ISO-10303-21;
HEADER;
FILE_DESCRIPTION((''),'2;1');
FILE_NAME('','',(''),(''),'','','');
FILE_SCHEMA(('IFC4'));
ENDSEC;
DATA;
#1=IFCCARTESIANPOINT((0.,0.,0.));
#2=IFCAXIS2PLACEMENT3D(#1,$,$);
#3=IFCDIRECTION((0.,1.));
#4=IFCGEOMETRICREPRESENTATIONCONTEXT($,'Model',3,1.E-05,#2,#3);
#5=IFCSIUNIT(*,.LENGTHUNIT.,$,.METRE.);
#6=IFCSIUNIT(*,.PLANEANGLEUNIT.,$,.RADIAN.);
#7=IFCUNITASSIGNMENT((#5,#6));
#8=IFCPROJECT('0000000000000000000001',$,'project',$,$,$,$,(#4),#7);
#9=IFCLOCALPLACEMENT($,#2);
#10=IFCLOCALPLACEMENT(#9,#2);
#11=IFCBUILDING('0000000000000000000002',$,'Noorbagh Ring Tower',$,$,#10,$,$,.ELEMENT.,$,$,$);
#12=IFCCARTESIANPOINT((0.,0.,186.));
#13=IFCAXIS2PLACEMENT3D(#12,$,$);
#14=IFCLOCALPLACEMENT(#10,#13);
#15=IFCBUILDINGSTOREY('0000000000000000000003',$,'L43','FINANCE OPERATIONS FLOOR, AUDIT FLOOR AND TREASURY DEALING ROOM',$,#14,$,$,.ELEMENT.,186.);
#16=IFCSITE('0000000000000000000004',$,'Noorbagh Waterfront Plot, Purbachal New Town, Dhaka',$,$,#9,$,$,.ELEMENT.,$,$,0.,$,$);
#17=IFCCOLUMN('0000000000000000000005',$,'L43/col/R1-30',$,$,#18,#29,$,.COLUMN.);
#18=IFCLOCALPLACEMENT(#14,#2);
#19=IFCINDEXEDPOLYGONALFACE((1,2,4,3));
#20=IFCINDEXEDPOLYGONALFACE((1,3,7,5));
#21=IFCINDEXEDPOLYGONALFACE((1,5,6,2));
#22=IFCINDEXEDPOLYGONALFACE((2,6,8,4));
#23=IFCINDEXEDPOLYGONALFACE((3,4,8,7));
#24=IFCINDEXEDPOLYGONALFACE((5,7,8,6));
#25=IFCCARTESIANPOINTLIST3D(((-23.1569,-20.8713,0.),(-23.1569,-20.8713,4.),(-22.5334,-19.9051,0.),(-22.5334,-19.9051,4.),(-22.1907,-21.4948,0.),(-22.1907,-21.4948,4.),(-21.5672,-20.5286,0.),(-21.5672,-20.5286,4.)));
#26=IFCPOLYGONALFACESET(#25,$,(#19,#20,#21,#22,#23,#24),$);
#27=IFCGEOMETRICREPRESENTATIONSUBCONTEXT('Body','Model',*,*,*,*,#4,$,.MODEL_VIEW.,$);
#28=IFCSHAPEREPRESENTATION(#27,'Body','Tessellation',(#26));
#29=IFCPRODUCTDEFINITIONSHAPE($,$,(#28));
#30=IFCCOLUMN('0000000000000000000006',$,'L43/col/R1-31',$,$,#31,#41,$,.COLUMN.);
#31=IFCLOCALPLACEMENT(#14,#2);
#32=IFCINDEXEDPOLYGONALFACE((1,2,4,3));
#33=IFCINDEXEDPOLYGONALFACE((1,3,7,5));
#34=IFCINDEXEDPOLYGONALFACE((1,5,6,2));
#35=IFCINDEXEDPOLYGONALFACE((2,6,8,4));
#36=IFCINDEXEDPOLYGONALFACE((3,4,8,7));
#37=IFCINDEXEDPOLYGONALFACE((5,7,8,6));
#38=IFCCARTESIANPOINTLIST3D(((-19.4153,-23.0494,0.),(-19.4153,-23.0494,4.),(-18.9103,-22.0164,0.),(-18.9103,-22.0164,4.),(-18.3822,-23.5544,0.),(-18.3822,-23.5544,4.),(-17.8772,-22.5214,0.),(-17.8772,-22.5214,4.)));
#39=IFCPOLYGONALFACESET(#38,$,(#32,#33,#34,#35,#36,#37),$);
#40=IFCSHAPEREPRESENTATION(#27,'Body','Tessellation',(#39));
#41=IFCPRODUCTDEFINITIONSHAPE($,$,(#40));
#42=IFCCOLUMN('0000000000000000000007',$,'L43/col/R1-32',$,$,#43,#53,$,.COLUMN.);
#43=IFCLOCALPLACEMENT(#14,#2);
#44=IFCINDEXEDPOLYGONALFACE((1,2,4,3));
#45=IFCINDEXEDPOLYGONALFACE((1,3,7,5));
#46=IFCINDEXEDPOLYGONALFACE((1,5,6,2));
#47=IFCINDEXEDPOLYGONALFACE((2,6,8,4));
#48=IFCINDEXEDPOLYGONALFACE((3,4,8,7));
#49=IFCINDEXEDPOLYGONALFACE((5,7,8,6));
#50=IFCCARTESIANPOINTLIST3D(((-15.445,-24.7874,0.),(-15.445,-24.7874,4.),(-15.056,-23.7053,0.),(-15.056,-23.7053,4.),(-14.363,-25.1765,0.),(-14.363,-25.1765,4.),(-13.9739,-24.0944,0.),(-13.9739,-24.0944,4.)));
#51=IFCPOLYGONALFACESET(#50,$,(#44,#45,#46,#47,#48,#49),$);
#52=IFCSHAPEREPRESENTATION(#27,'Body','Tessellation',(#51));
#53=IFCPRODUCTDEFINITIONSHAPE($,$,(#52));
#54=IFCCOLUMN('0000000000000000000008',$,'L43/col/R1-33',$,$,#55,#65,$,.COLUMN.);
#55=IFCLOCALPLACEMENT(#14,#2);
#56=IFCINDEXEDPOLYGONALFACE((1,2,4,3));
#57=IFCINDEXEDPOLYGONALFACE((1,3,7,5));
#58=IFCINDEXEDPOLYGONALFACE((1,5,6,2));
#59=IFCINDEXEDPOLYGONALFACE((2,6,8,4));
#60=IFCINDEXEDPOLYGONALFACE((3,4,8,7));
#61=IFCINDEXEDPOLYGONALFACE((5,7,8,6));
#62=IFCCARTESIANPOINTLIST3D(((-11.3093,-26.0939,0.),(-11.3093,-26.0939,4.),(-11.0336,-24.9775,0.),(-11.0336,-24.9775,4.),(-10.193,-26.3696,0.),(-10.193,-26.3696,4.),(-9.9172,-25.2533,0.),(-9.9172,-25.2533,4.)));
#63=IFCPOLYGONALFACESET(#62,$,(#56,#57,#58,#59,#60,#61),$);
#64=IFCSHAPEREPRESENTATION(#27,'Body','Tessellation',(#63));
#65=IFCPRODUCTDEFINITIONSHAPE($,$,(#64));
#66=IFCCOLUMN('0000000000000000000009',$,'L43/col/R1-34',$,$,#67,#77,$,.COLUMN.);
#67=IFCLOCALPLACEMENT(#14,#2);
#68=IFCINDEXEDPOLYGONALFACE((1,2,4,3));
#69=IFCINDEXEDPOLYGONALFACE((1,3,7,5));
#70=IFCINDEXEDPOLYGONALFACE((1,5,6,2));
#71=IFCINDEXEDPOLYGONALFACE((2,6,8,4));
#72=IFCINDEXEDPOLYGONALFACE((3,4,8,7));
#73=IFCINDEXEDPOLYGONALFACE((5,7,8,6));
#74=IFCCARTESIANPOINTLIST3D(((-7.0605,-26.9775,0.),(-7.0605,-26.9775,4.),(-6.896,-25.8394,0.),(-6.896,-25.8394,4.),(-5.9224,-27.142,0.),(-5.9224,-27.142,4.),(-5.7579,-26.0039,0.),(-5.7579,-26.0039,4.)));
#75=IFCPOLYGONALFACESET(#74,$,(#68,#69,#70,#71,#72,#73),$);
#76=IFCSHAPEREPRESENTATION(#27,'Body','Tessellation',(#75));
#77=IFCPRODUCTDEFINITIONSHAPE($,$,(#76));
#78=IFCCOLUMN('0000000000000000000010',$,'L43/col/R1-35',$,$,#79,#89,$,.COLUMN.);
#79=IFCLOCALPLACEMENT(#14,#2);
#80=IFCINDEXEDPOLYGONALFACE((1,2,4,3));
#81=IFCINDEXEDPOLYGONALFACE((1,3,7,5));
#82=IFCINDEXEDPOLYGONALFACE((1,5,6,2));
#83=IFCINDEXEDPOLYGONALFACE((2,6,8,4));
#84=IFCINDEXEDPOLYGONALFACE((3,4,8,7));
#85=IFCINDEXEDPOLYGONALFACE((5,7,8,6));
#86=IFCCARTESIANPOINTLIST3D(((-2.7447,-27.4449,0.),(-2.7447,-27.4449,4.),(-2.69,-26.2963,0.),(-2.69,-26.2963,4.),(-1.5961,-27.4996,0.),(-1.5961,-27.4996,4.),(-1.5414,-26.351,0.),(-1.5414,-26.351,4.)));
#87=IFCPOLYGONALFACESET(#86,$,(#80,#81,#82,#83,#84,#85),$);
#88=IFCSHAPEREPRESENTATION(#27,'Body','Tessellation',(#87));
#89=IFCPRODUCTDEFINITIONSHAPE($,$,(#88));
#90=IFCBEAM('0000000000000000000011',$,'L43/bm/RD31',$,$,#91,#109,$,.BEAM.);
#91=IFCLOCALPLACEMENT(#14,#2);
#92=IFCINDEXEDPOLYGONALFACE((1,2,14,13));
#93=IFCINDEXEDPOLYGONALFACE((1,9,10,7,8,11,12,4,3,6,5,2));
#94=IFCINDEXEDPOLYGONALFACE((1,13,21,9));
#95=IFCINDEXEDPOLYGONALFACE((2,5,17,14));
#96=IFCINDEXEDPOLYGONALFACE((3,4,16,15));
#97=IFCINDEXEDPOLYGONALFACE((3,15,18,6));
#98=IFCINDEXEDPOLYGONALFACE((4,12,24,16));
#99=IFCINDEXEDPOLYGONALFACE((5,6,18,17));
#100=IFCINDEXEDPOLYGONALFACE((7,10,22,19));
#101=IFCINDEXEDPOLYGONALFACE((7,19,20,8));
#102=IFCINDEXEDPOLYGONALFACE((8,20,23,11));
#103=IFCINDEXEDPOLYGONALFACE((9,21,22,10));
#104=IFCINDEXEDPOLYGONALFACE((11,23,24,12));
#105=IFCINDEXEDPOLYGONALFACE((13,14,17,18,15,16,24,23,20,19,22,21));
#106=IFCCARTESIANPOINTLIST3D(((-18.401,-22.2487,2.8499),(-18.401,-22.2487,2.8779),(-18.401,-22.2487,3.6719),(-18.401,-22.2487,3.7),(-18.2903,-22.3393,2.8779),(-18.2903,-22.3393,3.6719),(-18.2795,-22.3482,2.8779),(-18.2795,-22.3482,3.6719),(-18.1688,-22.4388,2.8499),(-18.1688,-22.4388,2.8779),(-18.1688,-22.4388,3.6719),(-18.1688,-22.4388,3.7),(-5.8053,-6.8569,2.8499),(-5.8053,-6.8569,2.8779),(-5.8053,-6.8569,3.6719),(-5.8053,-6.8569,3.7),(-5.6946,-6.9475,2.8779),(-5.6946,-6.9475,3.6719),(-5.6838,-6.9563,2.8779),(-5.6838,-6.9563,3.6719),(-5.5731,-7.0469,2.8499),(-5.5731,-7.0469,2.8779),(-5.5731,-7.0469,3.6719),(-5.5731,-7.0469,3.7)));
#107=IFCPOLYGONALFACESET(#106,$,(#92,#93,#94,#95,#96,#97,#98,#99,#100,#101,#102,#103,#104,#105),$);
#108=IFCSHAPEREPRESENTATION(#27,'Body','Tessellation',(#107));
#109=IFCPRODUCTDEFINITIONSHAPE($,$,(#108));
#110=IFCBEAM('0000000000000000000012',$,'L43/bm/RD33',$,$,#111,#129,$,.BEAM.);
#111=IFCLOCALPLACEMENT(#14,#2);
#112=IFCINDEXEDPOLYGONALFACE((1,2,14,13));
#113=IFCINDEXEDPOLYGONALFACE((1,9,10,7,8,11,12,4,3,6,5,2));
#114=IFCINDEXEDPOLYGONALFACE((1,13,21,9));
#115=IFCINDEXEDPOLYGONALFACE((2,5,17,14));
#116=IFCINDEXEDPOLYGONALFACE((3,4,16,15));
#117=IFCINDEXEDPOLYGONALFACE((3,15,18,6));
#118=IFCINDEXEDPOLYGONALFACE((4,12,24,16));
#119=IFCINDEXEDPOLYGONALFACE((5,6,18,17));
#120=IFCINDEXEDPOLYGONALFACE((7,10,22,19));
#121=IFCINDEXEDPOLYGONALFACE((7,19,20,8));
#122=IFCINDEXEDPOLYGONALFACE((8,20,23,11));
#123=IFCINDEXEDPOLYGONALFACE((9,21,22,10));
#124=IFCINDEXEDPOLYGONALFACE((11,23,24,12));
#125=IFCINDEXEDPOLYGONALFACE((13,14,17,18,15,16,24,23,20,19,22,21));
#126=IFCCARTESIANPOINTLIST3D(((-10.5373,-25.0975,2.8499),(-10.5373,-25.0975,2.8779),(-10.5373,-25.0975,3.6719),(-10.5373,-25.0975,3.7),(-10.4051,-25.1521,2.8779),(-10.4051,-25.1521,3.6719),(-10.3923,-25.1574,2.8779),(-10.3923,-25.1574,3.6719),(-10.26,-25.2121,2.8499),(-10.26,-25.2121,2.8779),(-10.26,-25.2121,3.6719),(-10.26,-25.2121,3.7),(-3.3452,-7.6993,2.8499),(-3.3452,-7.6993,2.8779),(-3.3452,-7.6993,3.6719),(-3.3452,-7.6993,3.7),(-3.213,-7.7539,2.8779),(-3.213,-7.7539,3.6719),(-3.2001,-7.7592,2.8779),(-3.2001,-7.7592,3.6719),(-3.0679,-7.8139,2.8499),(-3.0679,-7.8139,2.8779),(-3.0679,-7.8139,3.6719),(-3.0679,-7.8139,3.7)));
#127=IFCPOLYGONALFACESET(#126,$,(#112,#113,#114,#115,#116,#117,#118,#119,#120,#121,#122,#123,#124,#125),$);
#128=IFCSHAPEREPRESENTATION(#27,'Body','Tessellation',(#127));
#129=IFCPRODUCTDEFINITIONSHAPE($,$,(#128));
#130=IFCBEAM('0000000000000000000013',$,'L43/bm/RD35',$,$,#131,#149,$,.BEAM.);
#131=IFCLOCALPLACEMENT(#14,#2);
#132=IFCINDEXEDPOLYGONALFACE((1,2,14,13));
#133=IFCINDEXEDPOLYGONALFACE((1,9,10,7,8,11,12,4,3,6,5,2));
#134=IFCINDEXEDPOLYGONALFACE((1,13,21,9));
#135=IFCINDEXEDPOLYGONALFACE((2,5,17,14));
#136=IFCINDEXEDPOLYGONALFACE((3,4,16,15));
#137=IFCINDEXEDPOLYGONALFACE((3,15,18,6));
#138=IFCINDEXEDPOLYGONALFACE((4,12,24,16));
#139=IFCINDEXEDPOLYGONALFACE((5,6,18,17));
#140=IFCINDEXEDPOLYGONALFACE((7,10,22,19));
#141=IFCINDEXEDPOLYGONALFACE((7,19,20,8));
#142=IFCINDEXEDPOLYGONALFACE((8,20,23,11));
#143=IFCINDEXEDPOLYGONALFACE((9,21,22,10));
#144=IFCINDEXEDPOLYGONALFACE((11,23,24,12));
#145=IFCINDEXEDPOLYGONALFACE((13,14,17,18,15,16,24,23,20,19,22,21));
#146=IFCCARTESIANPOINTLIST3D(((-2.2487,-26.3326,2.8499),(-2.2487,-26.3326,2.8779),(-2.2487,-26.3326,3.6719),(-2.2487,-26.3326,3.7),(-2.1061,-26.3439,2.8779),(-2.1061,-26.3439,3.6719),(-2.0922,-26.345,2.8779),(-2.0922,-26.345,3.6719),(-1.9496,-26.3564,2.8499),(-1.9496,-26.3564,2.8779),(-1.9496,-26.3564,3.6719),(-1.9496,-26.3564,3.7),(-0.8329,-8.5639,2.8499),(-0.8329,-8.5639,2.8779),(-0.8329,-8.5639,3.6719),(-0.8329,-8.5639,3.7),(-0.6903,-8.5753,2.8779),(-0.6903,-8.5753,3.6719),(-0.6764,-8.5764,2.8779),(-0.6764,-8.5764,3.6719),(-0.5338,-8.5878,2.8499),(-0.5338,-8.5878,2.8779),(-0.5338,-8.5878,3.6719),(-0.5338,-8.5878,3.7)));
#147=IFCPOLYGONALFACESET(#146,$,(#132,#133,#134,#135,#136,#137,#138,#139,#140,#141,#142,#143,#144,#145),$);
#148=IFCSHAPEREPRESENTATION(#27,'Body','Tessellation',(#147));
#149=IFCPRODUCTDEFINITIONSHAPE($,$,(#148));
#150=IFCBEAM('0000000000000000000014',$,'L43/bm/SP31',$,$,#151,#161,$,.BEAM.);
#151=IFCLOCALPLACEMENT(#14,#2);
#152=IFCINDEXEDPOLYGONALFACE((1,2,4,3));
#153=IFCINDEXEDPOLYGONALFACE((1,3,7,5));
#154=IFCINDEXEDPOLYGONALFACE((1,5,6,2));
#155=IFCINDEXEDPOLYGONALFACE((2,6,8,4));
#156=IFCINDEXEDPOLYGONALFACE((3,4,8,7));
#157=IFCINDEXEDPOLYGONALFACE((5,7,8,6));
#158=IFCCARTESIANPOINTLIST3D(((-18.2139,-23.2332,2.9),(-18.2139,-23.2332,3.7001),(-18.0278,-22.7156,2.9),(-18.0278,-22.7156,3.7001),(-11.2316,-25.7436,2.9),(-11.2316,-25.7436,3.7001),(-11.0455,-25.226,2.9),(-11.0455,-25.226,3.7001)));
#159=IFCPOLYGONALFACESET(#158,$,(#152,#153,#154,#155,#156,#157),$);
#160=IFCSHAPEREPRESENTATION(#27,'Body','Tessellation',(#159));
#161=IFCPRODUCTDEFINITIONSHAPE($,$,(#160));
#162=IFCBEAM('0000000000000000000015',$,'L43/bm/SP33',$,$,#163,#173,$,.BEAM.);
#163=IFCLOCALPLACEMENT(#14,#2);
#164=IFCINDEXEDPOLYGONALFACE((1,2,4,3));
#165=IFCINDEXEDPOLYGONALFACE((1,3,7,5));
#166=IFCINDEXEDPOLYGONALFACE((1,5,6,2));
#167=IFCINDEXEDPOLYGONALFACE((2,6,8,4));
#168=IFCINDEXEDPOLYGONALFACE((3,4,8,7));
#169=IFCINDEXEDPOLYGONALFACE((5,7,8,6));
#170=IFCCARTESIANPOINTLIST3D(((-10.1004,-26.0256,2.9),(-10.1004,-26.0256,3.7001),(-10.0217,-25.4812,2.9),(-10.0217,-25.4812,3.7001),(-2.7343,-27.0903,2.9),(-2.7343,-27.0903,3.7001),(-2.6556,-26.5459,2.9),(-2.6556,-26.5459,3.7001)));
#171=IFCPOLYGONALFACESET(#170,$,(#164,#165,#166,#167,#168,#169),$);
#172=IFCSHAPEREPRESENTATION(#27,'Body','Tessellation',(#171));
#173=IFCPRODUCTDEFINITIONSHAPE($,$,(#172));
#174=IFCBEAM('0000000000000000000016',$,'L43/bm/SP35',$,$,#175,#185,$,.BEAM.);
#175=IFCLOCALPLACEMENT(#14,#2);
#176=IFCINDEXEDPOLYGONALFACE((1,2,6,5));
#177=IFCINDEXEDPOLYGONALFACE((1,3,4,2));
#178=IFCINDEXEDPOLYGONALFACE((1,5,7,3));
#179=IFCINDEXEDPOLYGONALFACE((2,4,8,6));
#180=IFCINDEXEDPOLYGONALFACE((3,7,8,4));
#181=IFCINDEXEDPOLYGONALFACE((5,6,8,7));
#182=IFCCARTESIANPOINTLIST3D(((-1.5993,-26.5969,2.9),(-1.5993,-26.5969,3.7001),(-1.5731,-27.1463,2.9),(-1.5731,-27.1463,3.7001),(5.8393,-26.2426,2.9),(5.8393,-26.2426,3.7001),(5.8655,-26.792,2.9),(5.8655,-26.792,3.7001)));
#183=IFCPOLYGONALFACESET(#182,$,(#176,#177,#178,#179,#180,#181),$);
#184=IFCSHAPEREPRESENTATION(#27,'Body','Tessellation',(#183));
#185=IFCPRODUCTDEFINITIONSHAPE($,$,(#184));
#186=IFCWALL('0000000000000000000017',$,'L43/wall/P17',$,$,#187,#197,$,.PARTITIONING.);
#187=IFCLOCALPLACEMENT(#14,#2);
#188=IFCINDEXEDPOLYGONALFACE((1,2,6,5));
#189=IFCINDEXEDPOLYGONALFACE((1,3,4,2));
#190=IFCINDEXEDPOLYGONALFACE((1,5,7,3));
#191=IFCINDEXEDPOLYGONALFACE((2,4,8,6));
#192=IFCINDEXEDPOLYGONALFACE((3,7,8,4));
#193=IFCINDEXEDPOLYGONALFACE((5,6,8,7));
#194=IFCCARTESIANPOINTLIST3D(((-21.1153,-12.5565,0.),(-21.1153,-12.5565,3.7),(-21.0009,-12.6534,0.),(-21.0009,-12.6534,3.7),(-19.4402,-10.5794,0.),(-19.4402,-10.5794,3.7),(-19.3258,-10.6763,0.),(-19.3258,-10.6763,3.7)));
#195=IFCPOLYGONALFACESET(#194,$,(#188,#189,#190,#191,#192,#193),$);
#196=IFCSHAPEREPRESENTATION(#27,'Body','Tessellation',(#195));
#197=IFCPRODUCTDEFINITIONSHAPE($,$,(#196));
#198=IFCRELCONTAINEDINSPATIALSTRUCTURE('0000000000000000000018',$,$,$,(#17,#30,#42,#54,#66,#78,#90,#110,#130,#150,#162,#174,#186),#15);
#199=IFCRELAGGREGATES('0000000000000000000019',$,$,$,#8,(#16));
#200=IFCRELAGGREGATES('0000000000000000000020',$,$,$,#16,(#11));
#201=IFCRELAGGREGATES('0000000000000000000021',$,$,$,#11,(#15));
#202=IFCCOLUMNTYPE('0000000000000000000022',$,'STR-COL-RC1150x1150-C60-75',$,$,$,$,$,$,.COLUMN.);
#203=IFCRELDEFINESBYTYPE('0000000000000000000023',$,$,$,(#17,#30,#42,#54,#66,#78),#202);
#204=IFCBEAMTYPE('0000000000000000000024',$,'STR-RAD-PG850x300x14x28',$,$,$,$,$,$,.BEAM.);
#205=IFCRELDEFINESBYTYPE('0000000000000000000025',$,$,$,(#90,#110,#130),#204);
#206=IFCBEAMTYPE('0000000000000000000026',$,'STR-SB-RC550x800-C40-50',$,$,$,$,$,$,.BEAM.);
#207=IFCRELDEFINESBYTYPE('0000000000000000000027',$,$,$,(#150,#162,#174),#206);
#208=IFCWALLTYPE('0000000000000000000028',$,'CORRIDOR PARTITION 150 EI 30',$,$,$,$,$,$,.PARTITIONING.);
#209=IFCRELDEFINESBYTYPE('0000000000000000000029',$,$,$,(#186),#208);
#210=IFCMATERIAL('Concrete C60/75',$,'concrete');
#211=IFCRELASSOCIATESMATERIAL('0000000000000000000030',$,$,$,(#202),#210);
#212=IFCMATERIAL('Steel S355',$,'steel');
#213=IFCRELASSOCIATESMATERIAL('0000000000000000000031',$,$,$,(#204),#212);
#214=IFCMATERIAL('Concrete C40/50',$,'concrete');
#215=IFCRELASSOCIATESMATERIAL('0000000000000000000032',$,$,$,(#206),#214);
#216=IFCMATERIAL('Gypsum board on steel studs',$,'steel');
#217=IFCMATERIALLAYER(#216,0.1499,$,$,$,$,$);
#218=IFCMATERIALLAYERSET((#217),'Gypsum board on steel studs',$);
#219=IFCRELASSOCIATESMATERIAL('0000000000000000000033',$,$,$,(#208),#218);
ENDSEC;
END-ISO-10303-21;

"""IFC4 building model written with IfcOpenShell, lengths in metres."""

from ifc_helpers import new_model, si_unit, direction, frame, frame_2d, origin, origin_2d, place, context, subcontext, project, spatial, rectangle, i_section, extrude, material, layer, layer_set, material_profile, profile_set, type_object, element, save


model = new_model("IFC4")

# Units and contexts
model_context = context("Model", 3, precision=1e-05, world=origin(), true_north=direction((0.0, 1.0)))
body_context = subcontext(model_context, "Body", "Model", "MODEL_VIEW")
ifc_project = project(units=[si_unit("LENGTHUNIT", "METRE"), si_unit("PLANEANGLEUNIT", "RADIAN")], contexts=[model_context])

# Site, building, storey
site_placement = place(None, origin())
site = spatial("IfcSite", under=ifc_project, at=site_placement, Name="Noorbagh Waterfront Plot, Purbachal New Town, Dhaka", CompositionType="ELEMENT", RefElevation=0.0)
building_placement = place(site_placement, origin())
building = spatial("IfcBuilding", under=site, at=building_placement, Name="Noorbagh Ring Tower", CompositionType="ELEMENT")
storey_placement = place(building_placement, frame((0.0, 0.0, 186.0)))
storey = spatial("IfcBuildingStorey", under=building, at=storey_placement, Name="L43", Description="FINANCE OPERATIONS FLOOR, AUDIT FLOOR AND TREASURY DEALING ROOM", CompositionType="ELEMENT", Elevation=186.0)

# Columns
ifc_material_1 = material(Name="Concrete C60/75", Category="concrete")
ifc_material_profile_1 = material_profile(ifc_material_1, rectangle(XDim=1.1499, YDim=1.1499, at=origin_2d()), Name="RC1150x1150")
ifc_profile_set_1 = profile_set([ifc_material_profile_1], Name="Concrete C60/75")
column_type = type_object("IfcColumnType", Name="STR-COL-RC1150x1150-C60-75", PredefinedType="COLUMN", material=ifc_profile_set_1)
for number, where, z_axis, x_axis, name in (
    (1, (-22.3621, -20.7, 0.0), (0.0, 0.0, 1.0), (0.840248, -0.542203, 0.0), "L43/col/R1-30"),
    (2, (-18.6462, -22.7854, 0.0), (0.0, 0.0, 1.0), (0.898399, -0.43918, 0.0), "L43/col/R1-31"),
    (3, (-14.7095, -24.4409, 0.0), (0.0, 0.0, 1.0), (0.941025, -0.338338, 0.0), "L43/col/R1-32"),
    (4, (-10.6133, -25.6736, 0.0), (0.0, 0.0, 1.0), (0.970829, -0.239771, 0.0), "L43/col/R1-33"),
    (5, (-6.4092, -26.4907, 0.0), (0.0, 0.0, 1.0), (0.989713, -0.143066, 0.0), "L43/col/R1-34"),
    (6, (-2.1431, -26.8979, 0.0), (0.0, 0.0, 1.0), (0.998869, -0.047553, 0.0), "L43/col/R1-35"),
):
    element("IfcColumn", number, at=place(storey_placement, frame(where, z_axis=z_axis, x_axis=x_axis)), inside=storey, type_object=column_type, Name=name, PredefinedType="COLUMN", context=body_context, shape_type="SweptSolid", body=[
        extrude(rectangle(XDim=1.1499, YDim=1.1499, at=origin_2d()), origin(), (0.0, 0.0, 1.0), 4.0),
    ])

# Beams
ifc_material_2 = material(Name="Steel S355", Category="steel")
ifc_material_profile_2 = material_profile(ifc_material_2, i_section(OverallWidth=0.3, OverallDepth=0.8501, WebThickness=0.0139, FlangeThickness=0.0281, at=origin_2d()), Name="PG850x300x14x28")
ifc_profile_set_2 = profile_set([ifc_material_profile_2], Name="Steel S355")
beam_type_1 = type_object("IfcBeamType", Name="STR-RAD-PG850x300x14x28", PredefinedType="BEAM", material=ifc_profile_set_2)
beam_1_placement = place(storey_placement, frame((-18.2849, -22.3438, 3.2749), z_axis=(0.633309, 0.773899, 0.0), x_axis=(-0.773899, 0.633309, 0.0)))
element("IfcBeam", 7, at=beam_1_placement, inside=storey, type_object=beam_type_1, Name="L43/bm/RD31", PredefinedType="BEAM", context=body_context, shape_type="SweptSolid", body=[
    extrude(i_section(OverallWidth=0.3, OverallDepth=0.8501, WebThickness=0.0139, FlangeThickness=0.0281, at=origin_2d()), origin(), (0.0, 0.0, 1.0), 19.8887),
])
beam_2_placement = place(storey_placement, frame((-10.3987, -25.1548, 3.2749), z_axis=(0.382029, 0.92415, 0.0), x_axis=(-0.92415, 0.382029, 0.0)))
element("IfcBeam", 8, at=beam_2_placement, inside=storey, type_object=beam_type_1, Name="L43/bm/RD33", PredefinedType="BEAM", context=body_context, shape_type="SweptSolid", body=[
    extrude(i_section(OverallWidth=0.3, OverallDepth=0.8501, WebThickness=0.0139, FlangeThickness=0.0281, at=origin_2d()), origin(), (0.0, 0.0, 1.0), 18.8262),
])
beam_3_placement = place(storey_placement, frame((-2.0991, -26.3445, 3.2749), z_axis=(0.079427, 0.996841, 0.0), x_axis=(-0.996841, 0.079427, 0.0)))
element("IfcBeam", 9, at=beam_3_placement, inside=storey, type_object=beam_type_1, Name="L43/bm/RD35", PredefinedType="BEAM", context=body_context, shape_type="SweptSolid", body=[
    extrude(i_section(OverallWidth=0.3, OverallDepth=0.8501, WebThickness=0.0139, FlangeThickness=0.0281, at=origin_2d()), origin(), (0.0, 0.0, 1.0), 17.825),
])
ifc_material_3 = material(Name="Concrete C40/50", Category="concrete")
ifc_material_profile_3 = material_profile(ifc_material_3, rectangle(XDim=0.55, YDim=0.8, at=origin_2d()), Name="RC550x800")
ifc_profile_set_3 = profile_set([ifc_material_profile_3], Name="Concrete C40/50")
beam_type_2 = type_object("IfcBeamType", Name="STR-SB-RC550x800-C40-50", PredefinedType="BEAM", material=ifc_profile_set_3)
beam_4_placement = place(storey_placement, frame((-18.1208, -22.9744, 3.3), z_axis=(0.941024, -0.338341, 0.0), x_axis=(0.338341, 0.941024, 0.0)))
element("IfcBeam", 10, at=beam_4_placement, inside=storey, type_object=beam_type_2, Name="L43/bm/SP31", PredefinedType="BEAM", context=body_context, shape_type="SweptSolid", body=[
    extrude(rectangle(XDim=0.55, YDim=0.8, at=origin_2d()), origin(), (0.0, 0.0, 1.0), 7.4199),
])
beam_5_placement = place(storey_placement, frame((-10.061, -25.7534, 3.3), z_axis=(0.989715, -0.143056, 0.0), x_axis=(0.143056, 0.989715, 0.0)))
element("IfcBeam", 11, at=beam_5_placement, inside=storey, type_object=beam_type_2, Name="L43/bm/SP33", PredefinedType="BEAM", context=body_context, shape_type="SweptSolid", body=[
    extrude(rectangle(XDim=0.55, YDim=0.8, at=origin_2d()), origin(), (0.0, 0.0, 1.0), 7.4426),
])
beam_6_placement = place(storey_placement, frame((-1.5862, -26.8716, 3.3), z_axis=(0.998868, 0.04757, 0.0), x_axis=(-0.04757, 0.998868, 0.0)))
element("IfcBeam", 12, at=beam_6_placement, inside=storey, type_object=beam_type_2, Name="L43/bm/SP35", PredefinedType="BEAM", context=body_context, shape_type="SweptSolid", body=[
    extrude(rectangle(XDim=0.55, YDim=0.8, at=origin_2d()), origin(), (0.0, 0.0, 1.0), 7.447),
])

# Wall
ifc_material_4 = material(Name="Gypsum board on steel studs", Category="steel")
ifc_layer_1 = layer(ifc_material_4, 0.1499)
ifc_layer_set_1 = layer_set([ifc_layer_1], Name="Gypsum board on steel studs")
wall_type_1 = type_object("IfcWallType", Name="CORRIDOR PARTITION 150 EI 30", PredefinedType="PARTITIONING", material=ifc_layer_set_1)
wall_1_placement = place(storey_placement, frame((-21.0581, -12.605, 0.0), z_axis=(0.0, 0.0, 1.0), x_axis=(0.646428, 0.762975, 0.0)))
element("IfcWall", 13, at=wall_1_placement, inside=storey, type_object=wall_type_1, Name="L43/wall/P17", PredefinedType="PARTITIONING", context=body_context, shape_type="SweptSolid", body=[
    extrude(rectangle(XDim=2.5913, YDim=0.1499, at=frame_2d((1.2957, 0.0))), origin(), (0.0, 0.0, 1.0), 3.7),
])

save(model, "model.ifc")
